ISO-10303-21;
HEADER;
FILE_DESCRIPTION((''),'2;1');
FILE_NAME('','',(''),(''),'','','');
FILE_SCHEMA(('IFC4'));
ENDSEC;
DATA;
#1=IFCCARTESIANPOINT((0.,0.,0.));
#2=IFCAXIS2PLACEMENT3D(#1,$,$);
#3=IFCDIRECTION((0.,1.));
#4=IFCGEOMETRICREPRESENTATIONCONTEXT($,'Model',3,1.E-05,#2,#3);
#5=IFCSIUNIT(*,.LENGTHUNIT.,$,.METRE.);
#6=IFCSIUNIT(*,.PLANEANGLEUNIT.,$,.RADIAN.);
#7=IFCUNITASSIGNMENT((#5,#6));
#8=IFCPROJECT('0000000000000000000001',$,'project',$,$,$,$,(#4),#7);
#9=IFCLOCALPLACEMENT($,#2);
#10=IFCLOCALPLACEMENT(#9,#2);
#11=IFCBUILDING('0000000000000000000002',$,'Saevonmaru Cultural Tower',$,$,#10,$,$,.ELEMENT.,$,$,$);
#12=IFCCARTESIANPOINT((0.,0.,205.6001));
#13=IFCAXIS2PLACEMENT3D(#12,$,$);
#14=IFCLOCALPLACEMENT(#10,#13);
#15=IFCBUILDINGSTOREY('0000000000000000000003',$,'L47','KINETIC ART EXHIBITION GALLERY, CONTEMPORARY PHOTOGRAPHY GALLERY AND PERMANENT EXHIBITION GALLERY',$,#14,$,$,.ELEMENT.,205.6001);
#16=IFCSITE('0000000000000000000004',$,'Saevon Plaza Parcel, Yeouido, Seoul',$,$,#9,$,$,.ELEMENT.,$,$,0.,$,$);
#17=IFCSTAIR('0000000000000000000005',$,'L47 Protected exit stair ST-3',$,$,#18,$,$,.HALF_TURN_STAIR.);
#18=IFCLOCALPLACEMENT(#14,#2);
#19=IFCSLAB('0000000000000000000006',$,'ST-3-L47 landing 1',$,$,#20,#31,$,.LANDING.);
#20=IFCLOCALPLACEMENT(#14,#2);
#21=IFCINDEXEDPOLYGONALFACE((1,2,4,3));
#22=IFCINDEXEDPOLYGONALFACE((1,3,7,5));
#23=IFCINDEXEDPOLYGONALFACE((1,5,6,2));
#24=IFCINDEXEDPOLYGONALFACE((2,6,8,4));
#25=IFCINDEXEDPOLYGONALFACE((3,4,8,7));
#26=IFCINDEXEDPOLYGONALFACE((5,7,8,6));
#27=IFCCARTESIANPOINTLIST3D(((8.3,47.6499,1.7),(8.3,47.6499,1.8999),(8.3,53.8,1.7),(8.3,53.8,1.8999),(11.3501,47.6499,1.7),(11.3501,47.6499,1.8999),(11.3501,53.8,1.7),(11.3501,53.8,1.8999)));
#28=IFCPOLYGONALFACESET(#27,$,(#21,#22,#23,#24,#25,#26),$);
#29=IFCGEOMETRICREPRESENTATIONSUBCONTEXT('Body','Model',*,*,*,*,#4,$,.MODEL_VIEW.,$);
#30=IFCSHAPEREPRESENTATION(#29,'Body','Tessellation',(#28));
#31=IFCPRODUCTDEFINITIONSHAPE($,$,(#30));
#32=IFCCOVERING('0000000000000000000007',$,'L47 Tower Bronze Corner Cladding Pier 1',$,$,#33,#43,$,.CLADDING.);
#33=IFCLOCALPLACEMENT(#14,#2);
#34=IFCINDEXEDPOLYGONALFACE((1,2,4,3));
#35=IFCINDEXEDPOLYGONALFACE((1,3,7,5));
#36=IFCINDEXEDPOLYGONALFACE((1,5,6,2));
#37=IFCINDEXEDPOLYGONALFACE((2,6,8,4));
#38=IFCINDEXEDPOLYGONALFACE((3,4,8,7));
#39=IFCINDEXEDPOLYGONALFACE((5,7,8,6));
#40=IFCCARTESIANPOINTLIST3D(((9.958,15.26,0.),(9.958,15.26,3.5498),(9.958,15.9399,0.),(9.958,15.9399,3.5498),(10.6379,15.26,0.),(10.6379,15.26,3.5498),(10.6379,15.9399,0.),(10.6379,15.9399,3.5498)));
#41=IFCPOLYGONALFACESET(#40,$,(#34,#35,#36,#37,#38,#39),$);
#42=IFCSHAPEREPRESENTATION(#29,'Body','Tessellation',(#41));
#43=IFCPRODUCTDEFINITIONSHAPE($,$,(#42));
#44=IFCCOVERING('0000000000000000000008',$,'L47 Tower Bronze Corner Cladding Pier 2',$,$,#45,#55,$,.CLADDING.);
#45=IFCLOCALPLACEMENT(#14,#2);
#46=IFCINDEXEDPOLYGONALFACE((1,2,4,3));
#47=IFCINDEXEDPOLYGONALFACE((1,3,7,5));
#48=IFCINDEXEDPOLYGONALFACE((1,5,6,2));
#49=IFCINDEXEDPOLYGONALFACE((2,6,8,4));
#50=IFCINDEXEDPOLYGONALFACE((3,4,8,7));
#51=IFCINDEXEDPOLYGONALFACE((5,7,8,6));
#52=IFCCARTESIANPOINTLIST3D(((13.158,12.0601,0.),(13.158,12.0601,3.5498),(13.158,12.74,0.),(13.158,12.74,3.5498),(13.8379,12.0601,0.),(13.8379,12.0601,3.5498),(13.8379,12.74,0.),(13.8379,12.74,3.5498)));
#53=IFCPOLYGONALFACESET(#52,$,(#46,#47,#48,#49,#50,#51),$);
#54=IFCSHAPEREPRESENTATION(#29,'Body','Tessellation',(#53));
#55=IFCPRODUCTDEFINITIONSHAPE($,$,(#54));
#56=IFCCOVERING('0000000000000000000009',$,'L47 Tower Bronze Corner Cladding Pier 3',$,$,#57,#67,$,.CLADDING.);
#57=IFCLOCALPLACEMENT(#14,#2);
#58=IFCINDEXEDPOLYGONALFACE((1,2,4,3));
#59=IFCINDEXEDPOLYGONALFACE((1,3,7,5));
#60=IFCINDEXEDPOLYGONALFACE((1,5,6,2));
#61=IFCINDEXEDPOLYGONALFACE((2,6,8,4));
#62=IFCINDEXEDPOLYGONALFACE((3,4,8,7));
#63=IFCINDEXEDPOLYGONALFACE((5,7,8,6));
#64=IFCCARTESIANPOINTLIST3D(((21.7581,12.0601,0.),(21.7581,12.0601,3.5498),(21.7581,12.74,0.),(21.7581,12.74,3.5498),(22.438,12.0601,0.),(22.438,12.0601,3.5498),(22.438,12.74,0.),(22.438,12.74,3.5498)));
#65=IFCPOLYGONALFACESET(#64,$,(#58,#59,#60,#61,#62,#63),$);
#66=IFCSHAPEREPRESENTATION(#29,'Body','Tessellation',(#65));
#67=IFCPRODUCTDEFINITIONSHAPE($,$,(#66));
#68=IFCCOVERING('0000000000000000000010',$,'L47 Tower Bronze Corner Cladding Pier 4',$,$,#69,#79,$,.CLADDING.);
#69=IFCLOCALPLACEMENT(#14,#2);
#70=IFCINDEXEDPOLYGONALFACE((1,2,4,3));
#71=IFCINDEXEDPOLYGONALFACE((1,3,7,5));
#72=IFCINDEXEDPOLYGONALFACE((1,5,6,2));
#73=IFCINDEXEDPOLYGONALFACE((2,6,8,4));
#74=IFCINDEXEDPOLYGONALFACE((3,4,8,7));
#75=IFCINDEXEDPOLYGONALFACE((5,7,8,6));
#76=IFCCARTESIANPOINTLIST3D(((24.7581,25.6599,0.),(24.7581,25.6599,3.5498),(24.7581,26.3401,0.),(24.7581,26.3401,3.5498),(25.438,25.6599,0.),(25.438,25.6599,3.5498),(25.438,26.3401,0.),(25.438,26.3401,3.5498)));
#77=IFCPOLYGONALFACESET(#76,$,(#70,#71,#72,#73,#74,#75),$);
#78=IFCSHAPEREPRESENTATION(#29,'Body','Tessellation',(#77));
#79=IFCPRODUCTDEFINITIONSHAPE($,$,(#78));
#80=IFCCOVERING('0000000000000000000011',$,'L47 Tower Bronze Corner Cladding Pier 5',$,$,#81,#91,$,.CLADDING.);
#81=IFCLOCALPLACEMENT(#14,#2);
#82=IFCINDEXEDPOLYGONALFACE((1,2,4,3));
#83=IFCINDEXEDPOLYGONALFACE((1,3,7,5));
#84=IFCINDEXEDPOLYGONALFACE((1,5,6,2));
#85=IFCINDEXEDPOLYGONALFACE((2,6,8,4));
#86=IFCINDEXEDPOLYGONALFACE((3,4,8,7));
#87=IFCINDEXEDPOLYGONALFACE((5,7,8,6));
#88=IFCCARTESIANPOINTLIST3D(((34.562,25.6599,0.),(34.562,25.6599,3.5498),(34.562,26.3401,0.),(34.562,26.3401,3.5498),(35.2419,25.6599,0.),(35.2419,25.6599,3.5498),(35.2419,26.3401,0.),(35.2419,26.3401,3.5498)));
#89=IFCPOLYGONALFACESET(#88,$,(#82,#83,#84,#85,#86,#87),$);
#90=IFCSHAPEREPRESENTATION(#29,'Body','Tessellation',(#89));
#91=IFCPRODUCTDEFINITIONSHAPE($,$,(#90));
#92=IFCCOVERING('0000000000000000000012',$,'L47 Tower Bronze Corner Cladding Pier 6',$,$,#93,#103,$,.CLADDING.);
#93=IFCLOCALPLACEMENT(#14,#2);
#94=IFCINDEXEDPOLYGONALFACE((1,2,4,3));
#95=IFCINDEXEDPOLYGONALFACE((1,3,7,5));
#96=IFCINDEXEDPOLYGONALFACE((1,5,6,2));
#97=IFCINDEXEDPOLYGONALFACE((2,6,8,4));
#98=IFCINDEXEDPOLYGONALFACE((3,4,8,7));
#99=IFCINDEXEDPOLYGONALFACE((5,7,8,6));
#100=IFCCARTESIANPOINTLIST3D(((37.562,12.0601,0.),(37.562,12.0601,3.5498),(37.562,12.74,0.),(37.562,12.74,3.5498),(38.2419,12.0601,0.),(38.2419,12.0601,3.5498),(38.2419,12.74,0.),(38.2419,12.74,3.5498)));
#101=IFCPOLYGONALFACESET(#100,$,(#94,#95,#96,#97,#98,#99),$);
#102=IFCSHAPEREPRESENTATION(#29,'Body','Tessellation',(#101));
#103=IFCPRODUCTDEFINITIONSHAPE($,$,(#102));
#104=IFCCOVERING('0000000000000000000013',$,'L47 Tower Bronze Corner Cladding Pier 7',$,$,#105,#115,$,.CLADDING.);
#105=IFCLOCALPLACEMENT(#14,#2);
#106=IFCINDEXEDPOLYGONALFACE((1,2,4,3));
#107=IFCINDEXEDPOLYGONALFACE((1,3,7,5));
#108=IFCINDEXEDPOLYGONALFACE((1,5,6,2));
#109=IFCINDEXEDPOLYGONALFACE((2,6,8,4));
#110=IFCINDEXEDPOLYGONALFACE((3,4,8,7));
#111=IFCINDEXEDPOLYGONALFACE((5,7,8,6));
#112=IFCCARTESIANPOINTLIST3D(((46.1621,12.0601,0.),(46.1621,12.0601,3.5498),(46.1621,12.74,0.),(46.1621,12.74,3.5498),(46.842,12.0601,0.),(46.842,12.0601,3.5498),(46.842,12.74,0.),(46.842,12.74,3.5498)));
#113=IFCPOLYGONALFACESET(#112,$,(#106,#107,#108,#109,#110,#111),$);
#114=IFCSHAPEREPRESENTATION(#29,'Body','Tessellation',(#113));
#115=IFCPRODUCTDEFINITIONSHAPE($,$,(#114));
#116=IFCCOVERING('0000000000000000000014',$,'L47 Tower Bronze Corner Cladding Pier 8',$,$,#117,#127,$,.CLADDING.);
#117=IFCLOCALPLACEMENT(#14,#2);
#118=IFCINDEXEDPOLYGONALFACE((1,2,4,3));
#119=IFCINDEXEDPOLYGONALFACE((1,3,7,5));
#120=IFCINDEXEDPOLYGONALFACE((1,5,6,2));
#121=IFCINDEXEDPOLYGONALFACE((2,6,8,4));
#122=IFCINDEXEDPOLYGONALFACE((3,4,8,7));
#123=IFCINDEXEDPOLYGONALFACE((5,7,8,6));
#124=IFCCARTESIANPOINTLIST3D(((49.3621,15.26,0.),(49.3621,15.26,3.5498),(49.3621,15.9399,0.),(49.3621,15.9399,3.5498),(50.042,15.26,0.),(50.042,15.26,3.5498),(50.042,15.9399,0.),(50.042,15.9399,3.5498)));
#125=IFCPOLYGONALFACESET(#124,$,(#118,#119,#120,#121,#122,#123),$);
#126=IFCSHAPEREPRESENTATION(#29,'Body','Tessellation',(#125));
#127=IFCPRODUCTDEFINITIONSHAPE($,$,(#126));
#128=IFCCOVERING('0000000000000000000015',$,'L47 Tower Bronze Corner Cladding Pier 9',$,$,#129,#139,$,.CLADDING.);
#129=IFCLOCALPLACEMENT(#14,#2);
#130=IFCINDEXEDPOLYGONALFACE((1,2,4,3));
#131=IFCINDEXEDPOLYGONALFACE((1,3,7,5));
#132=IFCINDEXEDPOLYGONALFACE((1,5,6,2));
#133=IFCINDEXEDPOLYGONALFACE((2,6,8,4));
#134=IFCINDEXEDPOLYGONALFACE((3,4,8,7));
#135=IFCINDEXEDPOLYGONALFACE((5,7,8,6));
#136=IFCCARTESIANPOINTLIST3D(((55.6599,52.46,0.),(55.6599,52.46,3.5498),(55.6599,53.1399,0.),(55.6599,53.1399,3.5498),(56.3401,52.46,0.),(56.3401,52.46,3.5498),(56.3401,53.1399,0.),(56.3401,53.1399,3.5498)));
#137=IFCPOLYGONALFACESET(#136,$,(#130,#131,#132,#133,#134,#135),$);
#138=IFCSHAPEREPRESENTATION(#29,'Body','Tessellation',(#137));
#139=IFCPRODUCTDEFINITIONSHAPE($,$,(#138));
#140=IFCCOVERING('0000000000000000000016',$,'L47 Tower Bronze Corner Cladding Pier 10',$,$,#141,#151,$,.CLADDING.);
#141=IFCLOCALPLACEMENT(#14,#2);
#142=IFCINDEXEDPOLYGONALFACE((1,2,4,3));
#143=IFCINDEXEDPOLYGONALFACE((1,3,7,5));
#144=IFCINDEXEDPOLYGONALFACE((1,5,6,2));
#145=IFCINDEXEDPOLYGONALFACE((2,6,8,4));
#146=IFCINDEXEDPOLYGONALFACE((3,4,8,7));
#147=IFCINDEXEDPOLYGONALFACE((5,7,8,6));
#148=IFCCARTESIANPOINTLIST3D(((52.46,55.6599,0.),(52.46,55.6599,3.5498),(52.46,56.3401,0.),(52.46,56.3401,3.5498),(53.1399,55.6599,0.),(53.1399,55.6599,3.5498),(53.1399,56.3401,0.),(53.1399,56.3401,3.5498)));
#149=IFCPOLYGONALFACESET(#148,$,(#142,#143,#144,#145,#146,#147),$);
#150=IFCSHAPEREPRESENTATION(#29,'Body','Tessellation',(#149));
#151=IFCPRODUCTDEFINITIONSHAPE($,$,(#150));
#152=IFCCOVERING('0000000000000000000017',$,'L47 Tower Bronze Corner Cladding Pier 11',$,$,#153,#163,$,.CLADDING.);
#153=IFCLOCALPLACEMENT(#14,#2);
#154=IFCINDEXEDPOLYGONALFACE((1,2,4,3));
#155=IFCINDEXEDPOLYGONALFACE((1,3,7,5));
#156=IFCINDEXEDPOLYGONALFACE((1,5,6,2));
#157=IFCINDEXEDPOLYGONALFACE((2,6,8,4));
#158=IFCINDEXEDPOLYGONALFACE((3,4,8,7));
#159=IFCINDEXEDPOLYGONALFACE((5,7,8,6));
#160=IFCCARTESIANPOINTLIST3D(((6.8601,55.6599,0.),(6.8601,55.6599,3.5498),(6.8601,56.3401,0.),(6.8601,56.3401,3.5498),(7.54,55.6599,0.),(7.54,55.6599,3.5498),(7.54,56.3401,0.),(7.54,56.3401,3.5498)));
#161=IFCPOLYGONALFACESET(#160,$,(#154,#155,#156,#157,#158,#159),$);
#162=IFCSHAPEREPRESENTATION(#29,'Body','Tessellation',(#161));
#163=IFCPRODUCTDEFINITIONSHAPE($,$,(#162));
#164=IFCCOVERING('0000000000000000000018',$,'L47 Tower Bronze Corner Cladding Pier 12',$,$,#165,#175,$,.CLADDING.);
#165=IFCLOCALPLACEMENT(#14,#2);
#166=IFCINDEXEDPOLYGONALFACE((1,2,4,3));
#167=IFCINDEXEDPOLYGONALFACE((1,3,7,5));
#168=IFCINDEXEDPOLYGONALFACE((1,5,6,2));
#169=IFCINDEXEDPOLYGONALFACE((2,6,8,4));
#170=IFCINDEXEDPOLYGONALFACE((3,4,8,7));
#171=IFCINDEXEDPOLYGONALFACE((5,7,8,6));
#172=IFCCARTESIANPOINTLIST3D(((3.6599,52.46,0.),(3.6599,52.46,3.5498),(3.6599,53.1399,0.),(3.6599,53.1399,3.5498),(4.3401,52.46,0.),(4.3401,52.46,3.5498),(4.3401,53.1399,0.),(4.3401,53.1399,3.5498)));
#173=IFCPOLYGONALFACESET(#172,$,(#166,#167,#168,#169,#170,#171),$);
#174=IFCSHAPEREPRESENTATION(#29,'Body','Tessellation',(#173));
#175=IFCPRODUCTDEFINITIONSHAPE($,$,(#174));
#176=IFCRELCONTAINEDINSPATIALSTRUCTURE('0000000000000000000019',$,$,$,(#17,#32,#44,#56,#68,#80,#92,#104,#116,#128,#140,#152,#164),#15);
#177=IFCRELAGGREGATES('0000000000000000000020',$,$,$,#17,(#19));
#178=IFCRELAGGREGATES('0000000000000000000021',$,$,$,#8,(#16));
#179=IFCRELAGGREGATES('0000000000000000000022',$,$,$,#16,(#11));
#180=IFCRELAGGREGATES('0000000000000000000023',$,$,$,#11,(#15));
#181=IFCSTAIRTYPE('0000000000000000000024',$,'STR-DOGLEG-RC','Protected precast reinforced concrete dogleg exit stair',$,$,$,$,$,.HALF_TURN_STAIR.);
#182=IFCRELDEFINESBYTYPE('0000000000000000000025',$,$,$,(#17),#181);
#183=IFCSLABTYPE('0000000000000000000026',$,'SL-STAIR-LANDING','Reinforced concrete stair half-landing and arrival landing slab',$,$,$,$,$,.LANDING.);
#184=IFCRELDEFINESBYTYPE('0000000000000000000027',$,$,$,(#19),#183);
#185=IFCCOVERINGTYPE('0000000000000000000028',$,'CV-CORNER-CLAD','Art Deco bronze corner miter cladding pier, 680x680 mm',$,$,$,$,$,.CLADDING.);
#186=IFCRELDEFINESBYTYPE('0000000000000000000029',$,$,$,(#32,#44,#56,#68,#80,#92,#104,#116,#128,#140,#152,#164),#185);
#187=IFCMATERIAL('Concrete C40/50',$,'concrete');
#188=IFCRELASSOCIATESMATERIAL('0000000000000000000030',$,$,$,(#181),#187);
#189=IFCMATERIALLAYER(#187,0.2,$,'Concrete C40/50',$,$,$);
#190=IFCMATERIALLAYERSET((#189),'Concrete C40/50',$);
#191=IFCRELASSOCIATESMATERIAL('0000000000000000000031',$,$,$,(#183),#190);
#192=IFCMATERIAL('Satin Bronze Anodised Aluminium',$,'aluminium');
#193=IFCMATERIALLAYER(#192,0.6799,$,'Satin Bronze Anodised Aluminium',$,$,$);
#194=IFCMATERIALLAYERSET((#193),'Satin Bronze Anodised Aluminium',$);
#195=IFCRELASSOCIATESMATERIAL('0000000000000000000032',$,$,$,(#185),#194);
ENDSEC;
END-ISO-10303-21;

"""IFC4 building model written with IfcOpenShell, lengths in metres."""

from ifc_helpers import new_model, si_unit, direction, frame, origin, place, context, subcontext, project, spatial, polyline, outline, extrude, material, layer, layer_set, type_object, element, aggregate, save


model = new_model("IFC4")

# Units and contexts
model_context = context("Model", 3, precision=1e-05, world=origin(), true_north=direction((0.0, 1.0)))
body_context = subcontext(model_context, "Body", "Model", "MODEL_VIEW")
ifc_project = project(units=[si_unit("LENGTHUNIT", "METRE"), si_unit("PLANEANGLEUNIT", "RADIAN")], contexts=[model_context])

# Site, building, storey
site_placement = place(None, origin())
site = spatial("IfcSite", under=ifc_project, at=site_placement, Name="Saevon Plaza Parcel, Yeouido, Seoul", CompositionType="ELEMENT", RefElevation=0.0)
building_placement = place(site_placement, origin())
building = spatial("IfcBuilding", under=site, at=building_placement, Name="Saevonmaru Cultural Tower", CompositionType="ELEMENT")
storey_placement = place(building_placement, frame((0.0, 0.0, 205.6001)))
storey = spatial("IfcBuildingStorey", under=building, at=storey_placement, Name="L47", Description="KINETIC ART EXHIBITION GALLERY, CONTEMPORARY PHOTOGRAPHY GALLERY AND PERMANENT EXHIBITION GALLERY", CompositionType="ELEMENT", Elevation=205.6001)

# Shared definitions
ifc_material_1 = material(Name="Satin Bronze Anodised Aluminium", Category="aluminium")

# Shared definitions
ifc_material_2 = material(Name="Concrete C40/50", Category="concrete")

# Stair, slab
stair_type = type_object("IfcStairType", Name="STR-DOGLEG-RC", Description="Protected precast reinforced concrete dogleg exit stair", PredefinedType="HALF_TURN_STAIR", material=ifc_material_2)
ifc_layer_1 = layer(ifc_material_2, 0.2, Name="Concrete C40/50")
ifc_layer_set_1 = layer_set([ifc_layer_1], Name="Concrete C40/50")
slab_type_1 = type_object("IfcSlabType", Name="SL-STAIR-LANDING", Description="Reinforced concrete stair half-landing and arrival landing slab", PredefinedType="LANDING", material=ifc_layer_set_1)
stair_1_placement = place(storey_placement, origin())
stair_1 = element("IfcStair", 1, at=stair_1_placement, inside=storey, type_object=stair_type, Name="L47 Protected exit stair ST-3", PredefinedType="HALF_TURN_STAIR")
slab_1_placement = place(storey_placement, frame((0.0, 0.0, 1.7)))
slab_1 = element("IfcSlab", 2, at=slab_1_placement, type_object=slab_type_1, Name="ST-3-L47 landing 1", PredefinedType="LANDING", context=body_context, shape_type="SweptSolid", body=[
    extrude(outline(polyline([(11.3501, 47.6499), (11.3501, 53.8), (8.3, 53.8), (8.3, 47.6499), (11.3501, 47.6499)])), origin(), (0.0, 0.0, 1.0), 0.2),
])
aggregate(stair_1, [slab_1])

# Coverings
ifc_layer_2 = layer(ifc_material_1, 0.6799, Name="Satin Bronze Anodised Aluminium")
ifc_layer_set_2 = layer_set([ifc_layer_2], Name="Satin Bronze Anodised Aluminium")
covering_type = type_object("IfcCoveringType", Name="CV-CORNER-CLAD", Description="Art Deco bronze corner miter cladding pier, 680x680 mm", PredefinedType="CLADDING", material=ifc_layer_set_2)
covering_1_placement = place(storey_placement, origin())
element("IfcCovering", 3, at=covering_1_placement, inside=storey, type_object=covering_type, Name="L47 Tower Bronze Corner Cladding Pier 1", PredefinedType="CLADDING", context=body_context, shape_type="SweptSolid", body=[
    extrude(outline(polyline([(9.958, 15.26), (10.6379, 15.26), (10.6379, 15.9399), (9.958, 15.9399), (9.958, 15.26)])), origin(), (0.0, 0.0, 1.0), 3.5498),
])
covering_2_placement = place(storey_placement, origin())
element("IfcCovering", 4, at=covering_2_placement, inside=storey, type_object=covering_type, Name="L47 Tower Bronze Corner Cladding Pier 2", PredefinedType="CLADDING", context=body_context, shape_type="SweptSolid", body=[
    extrude(outline(polyline([(13.158, 12.0601), (13.8379, 12.0601), (13.8379, 12.74), (13.158, 12.74), (13.158, 12.0601)])), origin(), (0.0, 0.0, 1.0), 3.5498),
])
covering_3_placement = place(storey_placement, origin())
element("IfcCovering", 5, at=covering_3_placement, inside=storey, type_object=covering_type, Name="L47 Tower Bronze Corner Cladding Pier 3", PredefinedType="CLADDING", context=body_context, shape_type="SweptSolid", body=[
    extrude(outline(polyline([(21.7581, 12.0601), (22.438, 12.0601), (22.438, 12.74), (21.7581, 12.74), (21.7581, 12.0601)])), origin(), (0.0, 0.0, 1.0), 3.5498),
])
covering_4_placement = place(storey_placement, origin())
element("IfcCovering", 6, at=covering_4_placement, inside=storey, type_object=covering_type, Name="L47 Tower Bronze Corner Cladding Pier 4", PredefinedType="CLADDING", context=body_context, shape_type="SweptSolid", body=[
    extrude(outline(polyline([(24.7581, 25.6599), (25.438, 25.6599), (25.438, 26.3401), (24.7581, 26.3401), (24.7581, 25.6599)])), origin(), (0.0, 0.0, 1.0), 3.5498),
])
covering_5_placement = place(storey_placement, origin())
element("IfcCovering", 7, at=covering_5_placement, inside=storey, type_object=covering_type, Name="L47 Tower Bronze Corner Cladding Pier 5", PredefinedType="CLADDING", context=body_context, shape_type="SweptSolid", body=[
    extrude(outline(polyline([(34.562, 25.6599), (35.2419, 25.6599), (35.2419, 26.3401), (34.562, 26.3401), (34.562, 25.6599)])), origin(), (0.0, 0.0, 1.0), 3.5498),
])
covering_6_placement = place(storey_placement, origin())
element("IfcCovering", 8, at=covering_6_placement, inside=storey, type_object=covering_type, Name="L47 Tower Bronze Corner Cladding Pier 6", PredefinedType="CLADDING", context=body_context, shape_type="SweptSolid", body=[
    extrude(outline(polyline([(37.562, 12.0601), (38.2419, 12.0601), (38.2419, 12.74), (37.562, 12.74), (37.562, 12.0601)])), origin(), (0.0, 0.0, 1.0), 3.5498),
])
covering_7_placement = place(storey_placement, origin())
element("IfcCovering", 9, at=covering_7_placement, inside=storey, type_object=covering_type, Name="L47 Tower Bronze Corner Cladding Pier 7", PredefinedType="CLADDING", context=body_context, shape_type="SweptSolid", body=[
    extrude(outline(polyline([(46.1621, 12.0601), (46.842, 12.0601), (46.842, 12.74), (46.1621, 12.74), (46.1621, 12.0601)])), origin(), (0.0, 0.0, 1.0), 3.5498),
])
covering_8_placement = place(storey_placement, origin())
element("IfcCovering", 10, at=covering_8_placement, inside=storey, type_object=covering_type, Name="L47 Tower Bronze Corner Cladding Pier 8", PredefinedType="CLADDING", context=body_context, shape_type="SweptSolid", body=[
    extrude(outline(polyline([(49.3621, 15.26), (50.042, 15.26), (50.042, 15.9399), (49.3621, 15.9399), (49.3621, 15.26)])), origin(), (0.0, 0.0, 1.0), 3.5498),
])
covering_9_placement = place(storey_placement, origin())
element("IfcCovering", 11, at=covering_9_placement, inside=storey, type_object=covering_type, Name="L47 Tower Bronze Corner Cladding Pier 9", PredefinedType="CLADDING", context=body_context, shape_type="SweptSolid", body=[
    extrude(outline(polyline([(55.6599, 52.46), (56.3401, 52.46), (56.3401, 53.1399), (55.6599, 53.1399), (55.6599, 52.46)])), origin(), (0.0, 0.0, 1.0), 3.5498),
])
covering_10_placement = place(storey_placement, origin())
element("IfcCovering", 12, at=covering_10_placement, inside=storey, type_object=covering_type, Name="L47 Tower Bronze Corner Cladding Pier 10", PredefinedType="CLADDING", context=body_context, shape_type="SweptSolid", body=[
    extrude(outline(polyline([(52.46, 55.6599), (53.1399, 55.6599), (53.1399, 56.3401), (52.46, 56.3401), (52.46, 55.6599)])), origin(), (0.0, 0.0, 1.0), 3.5498),
])
covering_11_placement = place(storey_placement, origin())
element("IfcCovering", 13, at=covering_11_placement, inside=storey, type_object=covering_type, Name="L47 Tower Bronze Corner Cladding Pier 11", PredefinedType="CLADDING", context=body_context, shape_type="SweptSolid", body=[
    extrude(outline(polyline([(6.8601, 55.6599), (7.54, 55.6599), (7.54, 56.3401), (6.8601, 56.3401), (6.8601, 55.6599)])), origin(), (0.0, 0.0, 1.0), 3.5498),
])
covering_12_placement = place(storey_placement, origin())
element("IfcCovering", 14, at=covering_12_placement, inside=storey, type_object=covering_type, Name="L47 Tower Bronze Corner Cladding Pier 12", PredefinedType="CLADDING", context=body_context, shape_type="SweptSolid", body=[
    extrude(outline(polyline([(3.6599, 52.46), (4.3401, 52.46), (4.3401, 53.1399), (3.6599, 53.1399), (3.6599, 52.46)])), origin(), (0.0, 0.0, 1.0), 3.5498),
])

save(model, "model.ifc")
